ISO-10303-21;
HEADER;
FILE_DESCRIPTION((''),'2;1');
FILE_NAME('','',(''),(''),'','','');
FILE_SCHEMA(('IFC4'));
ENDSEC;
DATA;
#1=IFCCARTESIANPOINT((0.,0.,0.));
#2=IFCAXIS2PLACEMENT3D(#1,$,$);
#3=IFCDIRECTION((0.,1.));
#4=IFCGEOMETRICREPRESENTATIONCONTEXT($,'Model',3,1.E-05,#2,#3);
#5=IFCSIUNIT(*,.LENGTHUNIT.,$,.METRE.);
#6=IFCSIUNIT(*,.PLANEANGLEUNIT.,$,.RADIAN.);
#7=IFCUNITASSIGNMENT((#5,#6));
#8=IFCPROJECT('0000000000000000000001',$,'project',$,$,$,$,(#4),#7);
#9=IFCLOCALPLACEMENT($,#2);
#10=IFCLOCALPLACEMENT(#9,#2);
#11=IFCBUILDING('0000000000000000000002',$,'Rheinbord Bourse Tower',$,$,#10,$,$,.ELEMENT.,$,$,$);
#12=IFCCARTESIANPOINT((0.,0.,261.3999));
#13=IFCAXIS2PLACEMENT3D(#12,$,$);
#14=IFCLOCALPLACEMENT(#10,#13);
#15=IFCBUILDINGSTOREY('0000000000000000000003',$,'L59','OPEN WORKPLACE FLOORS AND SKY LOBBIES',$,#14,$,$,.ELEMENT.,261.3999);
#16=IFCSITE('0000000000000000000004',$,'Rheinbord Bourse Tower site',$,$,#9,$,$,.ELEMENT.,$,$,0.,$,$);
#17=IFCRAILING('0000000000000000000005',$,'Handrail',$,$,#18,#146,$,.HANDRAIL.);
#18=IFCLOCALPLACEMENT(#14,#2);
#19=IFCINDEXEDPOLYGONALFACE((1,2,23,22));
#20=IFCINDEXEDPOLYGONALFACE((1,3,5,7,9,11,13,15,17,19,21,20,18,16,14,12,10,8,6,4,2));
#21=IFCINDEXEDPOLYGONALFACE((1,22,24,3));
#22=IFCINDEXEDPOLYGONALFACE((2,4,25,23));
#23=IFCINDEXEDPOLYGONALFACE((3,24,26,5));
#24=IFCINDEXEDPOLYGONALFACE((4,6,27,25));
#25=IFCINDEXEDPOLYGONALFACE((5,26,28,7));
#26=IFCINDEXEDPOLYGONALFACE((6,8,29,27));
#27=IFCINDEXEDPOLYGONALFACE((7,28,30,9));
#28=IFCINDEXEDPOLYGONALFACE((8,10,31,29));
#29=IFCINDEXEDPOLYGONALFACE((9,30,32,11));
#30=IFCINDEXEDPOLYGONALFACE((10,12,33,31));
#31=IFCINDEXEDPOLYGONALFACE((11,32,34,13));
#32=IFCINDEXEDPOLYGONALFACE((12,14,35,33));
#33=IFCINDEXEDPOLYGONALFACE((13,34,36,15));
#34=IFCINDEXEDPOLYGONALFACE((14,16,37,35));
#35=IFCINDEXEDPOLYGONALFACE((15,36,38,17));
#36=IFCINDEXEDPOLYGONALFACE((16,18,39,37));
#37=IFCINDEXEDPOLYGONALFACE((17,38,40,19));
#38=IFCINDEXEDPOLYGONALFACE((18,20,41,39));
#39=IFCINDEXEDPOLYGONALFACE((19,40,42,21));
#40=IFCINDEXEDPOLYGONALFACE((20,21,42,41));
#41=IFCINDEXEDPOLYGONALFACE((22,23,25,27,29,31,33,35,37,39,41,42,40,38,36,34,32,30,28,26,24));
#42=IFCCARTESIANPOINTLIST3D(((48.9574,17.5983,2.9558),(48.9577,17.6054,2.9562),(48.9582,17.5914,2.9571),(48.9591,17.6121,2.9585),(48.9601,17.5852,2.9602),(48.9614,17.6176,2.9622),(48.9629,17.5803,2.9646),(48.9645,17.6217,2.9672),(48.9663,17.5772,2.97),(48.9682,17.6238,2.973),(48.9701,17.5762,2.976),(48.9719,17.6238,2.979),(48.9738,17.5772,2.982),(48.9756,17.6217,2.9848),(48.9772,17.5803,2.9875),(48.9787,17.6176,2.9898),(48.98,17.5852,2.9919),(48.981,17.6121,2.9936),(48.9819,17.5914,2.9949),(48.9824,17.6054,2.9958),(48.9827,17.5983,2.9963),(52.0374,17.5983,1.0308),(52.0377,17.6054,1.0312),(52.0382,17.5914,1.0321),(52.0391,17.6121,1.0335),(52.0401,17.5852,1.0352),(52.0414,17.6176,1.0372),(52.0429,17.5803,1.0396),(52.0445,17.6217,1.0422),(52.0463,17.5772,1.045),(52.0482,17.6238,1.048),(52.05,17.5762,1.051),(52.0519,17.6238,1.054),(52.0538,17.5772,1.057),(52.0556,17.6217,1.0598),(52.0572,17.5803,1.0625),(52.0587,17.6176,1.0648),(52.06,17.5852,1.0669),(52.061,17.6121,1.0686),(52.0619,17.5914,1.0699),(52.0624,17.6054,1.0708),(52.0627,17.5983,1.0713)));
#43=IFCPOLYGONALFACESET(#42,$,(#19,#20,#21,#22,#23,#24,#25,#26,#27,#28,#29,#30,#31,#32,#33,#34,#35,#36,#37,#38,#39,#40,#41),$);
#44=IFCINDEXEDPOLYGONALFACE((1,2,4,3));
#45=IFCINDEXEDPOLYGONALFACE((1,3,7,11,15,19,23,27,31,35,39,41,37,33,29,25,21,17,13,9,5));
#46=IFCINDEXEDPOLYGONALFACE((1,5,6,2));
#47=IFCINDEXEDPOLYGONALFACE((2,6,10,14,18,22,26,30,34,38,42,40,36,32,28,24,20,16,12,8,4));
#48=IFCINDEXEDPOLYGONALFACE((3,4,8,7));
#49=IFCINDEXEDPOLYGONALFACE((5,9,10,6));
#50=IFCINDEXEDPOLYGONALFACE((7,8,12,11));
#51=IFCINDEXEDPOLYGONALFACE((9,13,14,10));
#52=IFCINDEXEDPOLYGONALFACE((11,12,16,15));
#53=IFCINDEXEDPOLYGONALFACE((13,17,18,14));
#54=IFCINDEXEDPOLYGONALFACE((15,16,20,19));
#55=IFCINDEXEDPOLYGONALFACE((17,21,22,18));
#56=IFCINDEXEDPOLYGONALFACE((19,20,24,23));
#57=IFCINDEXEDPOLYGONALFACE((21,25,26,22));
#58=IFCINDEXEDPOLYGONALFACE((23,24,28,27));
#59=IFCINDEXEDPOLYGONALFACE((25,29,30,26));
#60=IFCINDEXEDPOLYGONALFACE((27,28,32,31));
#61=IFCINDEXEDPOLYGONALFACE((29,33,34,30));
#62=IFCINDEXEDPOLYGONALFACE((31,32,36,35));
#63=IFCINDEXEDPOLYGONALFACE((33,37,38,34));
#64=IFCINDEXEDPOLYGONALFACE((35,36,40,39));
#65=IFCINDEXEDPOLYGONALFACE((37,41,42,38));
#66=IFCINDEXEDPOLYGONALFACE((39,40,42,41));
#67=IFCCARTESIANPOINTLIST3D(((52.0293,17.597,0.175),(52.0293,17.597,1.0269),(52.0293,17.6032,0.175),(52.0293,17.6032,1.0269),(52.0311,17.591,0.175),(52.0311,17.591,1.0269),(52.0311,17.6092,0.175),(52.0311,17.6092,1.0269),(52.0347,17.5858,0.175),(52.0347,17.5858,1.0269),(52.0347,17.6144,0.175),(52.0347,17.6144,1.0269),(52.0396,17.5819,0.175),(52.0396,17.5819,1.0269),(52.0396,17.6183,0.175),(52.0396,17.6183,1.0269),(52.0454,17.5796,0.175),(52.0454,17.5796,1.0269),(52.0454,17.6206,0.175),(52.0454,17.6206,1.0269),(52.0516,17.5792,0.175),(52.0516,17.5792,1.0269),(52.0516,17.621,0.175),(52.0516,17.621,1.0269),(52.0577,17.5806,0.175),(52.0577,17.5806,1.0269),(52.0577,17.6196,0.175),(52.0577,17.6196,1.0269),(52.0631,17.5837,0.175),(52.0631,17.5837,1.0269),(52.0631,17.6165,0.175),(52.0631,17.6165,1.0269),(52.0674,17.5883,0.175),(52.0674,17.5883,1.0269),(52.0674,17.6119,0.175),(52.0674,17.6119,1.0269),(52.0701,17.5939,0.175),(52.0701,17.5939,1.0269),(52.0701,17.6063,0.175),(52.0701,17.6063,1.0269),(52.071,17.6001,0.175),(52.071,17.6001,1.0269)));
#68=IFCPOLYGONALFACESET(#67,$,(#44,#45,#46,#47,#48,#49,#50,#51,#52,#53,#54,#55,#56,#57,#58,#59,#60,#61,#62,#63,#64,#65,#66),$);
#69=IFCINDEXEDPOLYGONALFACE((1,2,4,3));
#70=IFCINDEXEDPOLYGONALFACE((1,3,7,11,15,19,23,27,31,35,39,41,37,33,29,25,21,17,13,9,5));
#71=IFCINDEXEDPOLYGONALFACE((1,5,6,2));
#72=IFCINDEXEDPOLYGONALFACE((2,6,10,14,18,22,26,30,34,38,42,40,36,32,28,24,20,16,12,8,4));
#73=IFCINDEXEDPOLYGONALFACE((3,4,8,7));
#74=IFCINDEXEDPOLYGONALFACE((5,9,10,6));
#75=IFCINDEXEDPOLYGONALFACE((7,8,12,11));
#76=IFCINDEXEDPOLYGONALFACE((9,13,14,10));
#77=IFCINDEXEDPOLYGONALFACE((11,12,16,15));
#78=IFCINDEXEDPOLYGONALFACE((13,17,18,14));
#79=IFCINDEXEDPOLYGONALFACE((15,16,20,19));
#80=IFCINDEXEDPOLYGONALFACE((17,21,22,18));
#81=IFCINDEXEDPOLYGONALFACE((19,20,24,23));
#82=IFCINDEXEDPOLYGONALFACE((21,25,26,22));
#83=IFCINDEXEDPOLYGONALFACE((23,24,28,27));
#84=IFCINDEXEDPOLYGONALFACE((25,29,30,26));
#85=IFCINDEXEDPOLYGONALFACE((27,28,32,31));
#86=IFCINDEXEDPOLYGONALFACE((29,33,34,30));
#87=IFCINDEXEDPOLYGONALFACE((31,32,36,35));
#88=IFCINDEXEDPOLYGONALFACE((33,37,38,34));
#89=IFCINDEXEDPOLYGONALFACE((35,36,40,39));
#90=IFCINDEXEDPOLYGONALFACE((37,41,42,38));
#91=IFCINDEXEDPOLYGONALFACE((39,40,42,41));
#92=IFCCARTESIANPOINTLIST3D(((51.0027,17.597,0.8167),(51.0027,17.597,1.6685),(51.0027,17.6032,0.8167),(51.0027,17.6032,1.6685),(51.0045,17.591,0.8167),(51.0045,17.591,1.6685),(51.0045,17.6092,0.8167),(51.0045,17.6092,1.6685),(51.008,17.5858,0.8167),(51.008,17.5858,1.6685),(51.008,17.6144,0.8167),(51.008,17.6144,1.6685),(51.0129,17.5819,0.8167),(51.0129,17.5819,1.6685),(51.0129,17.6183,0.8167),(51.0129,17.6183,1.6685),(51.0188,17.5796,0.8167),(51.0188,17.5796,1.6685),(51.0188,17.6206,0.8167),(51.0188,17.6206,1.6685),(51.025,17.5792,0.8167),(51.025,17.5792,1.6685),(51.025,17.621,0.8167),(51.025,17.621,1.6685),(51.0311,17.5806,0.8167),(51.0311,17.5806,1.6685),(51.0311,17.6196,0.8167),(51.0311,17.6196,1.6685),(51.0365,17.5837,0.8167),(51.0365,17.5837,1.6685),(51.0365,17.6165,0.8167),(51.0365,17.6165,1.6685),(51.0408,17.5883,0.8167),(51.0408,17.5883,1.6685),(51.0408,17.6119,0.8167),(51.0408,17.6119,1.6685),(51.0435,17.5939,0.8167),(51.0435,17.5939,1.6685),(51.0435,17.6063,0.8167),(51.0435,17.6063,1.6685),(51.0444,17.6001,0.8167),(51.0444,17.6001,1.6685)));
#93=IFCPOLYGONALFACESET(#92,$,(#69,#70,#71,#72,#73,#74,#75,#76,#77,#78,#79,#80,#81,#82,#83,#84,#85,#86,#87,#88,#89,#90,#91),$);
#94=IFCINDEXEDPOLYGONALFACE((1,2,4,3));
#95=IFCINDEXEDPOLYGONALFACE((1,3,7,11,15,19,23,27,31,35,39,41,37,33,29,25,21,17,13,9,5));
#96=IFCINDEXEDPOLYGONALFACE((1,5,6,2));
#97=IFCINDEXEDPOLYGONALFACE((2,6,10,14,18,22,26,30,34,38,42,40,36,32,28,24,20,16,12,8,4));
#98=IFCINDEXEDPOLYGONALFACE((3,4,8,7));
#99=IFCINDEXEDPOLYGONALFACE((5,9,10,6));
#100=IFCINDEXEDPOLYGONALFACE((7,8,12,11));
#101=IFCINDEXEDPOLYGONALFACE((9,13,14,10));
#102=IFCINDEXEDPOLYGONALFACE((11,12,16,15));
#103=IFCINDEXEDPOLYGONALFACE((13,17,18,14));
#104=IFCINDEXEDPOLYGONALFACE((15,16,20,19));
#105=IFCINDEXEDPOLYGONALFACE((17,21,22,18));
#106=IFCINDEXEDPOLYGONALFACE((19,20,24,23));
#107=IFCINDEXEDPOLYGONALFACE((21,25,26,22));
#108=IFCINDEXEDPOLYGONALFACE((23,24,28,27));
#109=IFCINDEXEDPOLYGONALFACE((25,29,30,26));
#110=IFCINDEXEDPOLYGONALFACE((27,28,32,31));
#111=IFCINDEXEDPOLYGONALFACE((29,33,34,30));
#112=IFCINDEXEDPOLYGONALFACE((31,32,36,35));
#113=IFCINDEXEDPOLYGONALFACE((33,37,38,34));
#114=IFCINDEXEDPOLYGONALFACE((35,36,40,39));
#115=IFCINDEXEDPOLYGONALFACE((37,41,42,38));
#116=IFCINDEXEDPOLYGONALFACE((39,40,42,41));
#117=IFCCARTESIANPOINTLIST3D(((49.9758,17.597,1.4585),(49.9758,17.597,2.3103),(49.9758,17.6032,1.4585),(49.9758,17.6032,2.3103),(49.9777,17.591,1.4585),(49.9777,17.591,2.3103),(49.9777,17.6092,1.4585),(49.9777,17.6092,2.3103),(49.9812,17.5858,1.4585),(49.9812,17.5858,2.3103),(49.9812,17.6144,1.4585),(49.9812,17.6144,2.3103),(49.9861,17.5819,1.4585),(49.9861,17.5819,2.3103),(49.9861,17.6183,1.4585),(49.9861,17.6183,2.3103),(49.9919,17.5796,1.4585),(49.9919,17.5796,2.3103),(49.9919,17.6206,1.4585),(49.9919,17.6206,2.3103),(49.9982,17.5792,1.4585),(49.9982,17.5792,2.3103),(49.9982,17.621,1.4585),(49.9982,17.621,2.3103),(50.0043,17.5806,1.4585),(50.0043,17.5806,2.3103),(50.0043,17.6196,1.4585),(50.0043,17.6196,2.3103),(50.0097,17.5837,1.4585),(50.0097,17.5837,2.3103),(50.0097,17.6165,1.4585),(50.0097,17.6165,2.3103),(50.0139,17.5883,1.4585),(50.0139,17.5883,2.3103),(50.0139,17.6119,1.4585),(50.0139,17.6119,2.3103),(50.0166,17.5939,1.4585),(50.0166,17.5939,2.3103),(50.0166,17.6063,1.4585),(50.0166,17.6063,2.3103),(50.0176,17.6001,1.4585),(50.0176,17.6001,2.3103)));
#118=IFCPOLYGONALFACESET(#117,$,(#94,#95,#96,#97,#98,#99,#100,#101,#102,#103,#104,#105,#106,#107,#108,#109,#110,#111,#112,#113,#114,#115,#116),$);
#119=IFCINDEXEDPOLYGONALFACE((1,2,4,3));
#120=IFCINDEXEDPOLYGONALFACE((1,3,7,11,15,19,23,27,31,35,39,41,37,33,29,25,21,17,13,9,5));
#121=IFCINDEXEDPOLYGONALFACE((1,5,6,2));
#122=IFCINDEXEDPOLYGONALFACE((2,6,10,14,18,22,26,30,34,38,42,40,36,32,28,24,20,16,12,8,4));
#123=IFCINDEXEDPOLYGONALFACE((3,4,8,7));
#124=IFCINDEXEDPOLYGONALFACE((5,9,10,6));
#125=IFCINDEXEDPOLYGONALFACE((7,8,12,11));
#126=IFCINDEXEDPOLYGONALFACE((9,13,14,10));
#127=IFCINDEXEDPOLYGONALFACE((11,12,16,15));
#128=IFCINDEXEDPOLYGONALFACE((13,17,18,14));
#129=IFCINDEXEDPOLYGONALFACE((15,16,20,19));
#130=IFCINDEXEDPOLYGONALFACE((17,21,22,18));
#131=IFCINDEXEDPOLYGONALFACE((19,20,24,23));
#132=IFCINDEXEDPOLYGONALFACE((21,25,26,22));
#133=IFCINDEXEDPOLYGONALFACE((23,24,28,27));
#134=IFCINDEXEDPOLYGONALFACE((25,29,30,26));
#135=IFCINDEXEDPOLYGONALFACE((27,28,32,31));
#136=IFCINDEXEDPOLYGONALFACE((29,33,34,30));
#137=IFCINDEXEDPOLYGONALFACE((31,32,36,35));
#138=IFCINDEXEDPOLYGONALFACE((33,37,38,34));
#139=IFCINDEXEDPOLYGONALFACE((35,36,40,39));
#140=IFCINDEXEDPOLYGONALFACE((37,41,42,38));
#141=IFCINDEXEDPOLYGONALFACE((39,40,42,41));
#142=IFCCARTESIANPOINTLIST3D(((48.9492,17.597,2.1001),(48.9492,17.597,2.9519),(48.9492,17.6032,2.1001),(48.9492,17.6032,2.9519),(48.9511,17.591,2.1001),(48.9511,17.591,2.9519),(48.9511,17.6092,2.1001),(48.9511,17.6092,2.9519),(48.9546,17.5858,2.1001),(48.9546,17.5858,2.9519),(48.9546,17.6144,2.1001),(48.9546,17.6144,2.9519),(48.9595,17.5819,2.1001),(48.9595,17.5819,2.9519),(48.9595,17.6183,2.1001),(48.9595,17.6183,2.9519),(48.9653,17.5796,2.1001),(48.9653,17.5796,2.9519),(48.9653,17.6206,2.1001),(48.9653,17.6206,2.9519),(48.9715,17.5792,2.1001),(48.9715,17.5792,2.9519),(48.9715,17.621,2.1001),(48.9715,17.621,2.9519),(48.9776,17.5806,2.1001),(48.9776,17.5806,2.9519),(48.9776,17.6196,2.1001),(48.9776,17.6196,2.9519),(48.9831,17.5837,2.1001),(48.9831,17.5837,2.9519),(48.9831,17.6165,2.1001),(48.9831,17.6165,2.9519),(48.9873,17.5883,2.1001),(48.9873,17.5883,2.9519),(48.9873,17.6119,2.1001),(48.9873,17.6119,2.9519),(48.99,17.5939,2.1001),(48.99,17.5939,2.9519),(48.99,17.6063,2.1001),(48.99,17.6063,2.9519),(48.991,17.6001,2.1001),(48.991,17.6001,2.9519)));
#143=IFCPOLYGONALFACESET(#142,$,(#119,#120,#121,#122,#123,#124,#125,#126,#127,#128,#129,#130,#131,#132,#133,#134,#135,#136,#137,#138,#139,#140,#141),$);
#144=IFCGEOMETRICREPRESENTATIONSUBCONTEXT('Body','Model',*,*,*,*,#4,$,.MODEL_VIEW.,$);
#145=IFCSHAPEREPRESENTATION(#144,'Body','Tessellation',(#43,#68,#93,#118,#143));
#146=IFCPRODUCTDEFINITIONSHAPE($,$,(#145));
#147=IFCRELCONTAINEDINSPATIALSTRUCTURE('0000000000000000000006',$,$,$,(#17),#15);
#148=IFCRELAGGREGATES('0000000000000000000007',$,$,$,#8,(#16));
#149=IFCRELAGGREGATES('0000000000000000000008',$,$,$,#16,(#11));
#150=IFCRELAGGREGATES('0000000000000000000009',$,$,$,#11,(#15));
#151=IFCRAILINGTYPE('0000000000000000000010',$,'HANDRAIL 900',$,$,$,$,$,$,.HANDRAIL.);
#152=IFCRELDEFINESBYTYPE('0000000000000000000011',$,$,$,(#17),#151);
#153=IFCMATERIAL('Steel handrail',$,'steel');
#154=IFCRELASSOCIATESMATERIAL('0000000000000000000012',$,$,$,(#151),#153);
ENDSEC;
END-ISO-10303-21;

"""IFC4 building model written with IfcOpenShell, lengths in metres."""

from ifc_helpers import new_model, si_unit, direction, frame, origin, origin_2d, place, context, subcontext, project, spatial, circle, extrude, material, type_object, element, save


model = new_model("IFC4")

# Units and contexts
model_context = context("Model", 3, precision=1e-05, world=origin(), true_north=direction((0.0, 1.0)))
body_context = subcontext(model_context, "Body", "Model", "MODEL_VIEW")
ifc_project = project(units=[si_unit("LENGTHUNIT", "METRE"), si_unit("PLANEANGLEUNIT", "RADIAN")], contexts=[model_context])

# Site, building, storey
site_placement = place(None, origin())
site = spatial("IfcSite", under=ifc_project, at=site_placement, Name="Rheinbord Bourse Tower site", CompositionType="ELEMENT", RefElevation=0.0)
building_placement = place(site_placement, origin())
building = spatial("IfcBuilding", under=site, at=building_placement, Name="Rheinbord Bourse Tower", CompositionType="ELEMENT")
storey_placement = place(building_placement, frame((0.0, 0.0, 261.3999)))
storey = spatial("IfcBuildingStorey", under=building, at=storey_placement, Name="L59", Description="OPEN WORKPLACE FLOORS AND SKY LOBBIES", CompositionType="ELEMENT", Elevation=261.3999)

# Railing
ifc_material_1 = material(Name="Steel handrail", Category="steel")
railing_type = type_object("IfcRailingType", Name="HANDRAIL 900", PredefinedType="HANDRAIL", material=ifc_material_1)
railing_1_placement = place(storey_placement, frame((52.05, 17.6001, 0.175)))
element("IfcRailing", 1, at=railing_1_placement, inside=storey, type_object=railing_type, Name="Handrail", PredefinedType="HANDRAIL", context=body_context, shape_type="SweptSolid", body=[
    extrude(circle(Radius=0.0239, at=origin_2d()), frame((0.0, 0.0, 0.876), z_axis=(-0.847998, 0.0, 0.529999), x_axis=(0.0, -1.0, 0.0)), (0.0, 0.0, 1.0), 3.6321),
    extrude(circle(Radius=0.021, at=origin_2d()), origin(), (0.0, 0.0, 1.0), 0.8518),
    extrude(circle(Radius=0.021, at=origin_2d()), frame((-1.0266, 0.0, 0.6416)), (0.0, 0.0, 1.0), 0.8518),
    extrude(circle(Radius=0.021, at=origin_2d()), frame((-2.0535, 0.0, 1.2834)), (0.0, 0.0, 1.0), 0.8518),
    extrude(circle(Radius=0.021, at=origin_2d()), frame((-3.0801, 0.0, 1.925)), (0.0, 0.0, 1.0), 0.8518),
])

save(model, "model.ifc")
